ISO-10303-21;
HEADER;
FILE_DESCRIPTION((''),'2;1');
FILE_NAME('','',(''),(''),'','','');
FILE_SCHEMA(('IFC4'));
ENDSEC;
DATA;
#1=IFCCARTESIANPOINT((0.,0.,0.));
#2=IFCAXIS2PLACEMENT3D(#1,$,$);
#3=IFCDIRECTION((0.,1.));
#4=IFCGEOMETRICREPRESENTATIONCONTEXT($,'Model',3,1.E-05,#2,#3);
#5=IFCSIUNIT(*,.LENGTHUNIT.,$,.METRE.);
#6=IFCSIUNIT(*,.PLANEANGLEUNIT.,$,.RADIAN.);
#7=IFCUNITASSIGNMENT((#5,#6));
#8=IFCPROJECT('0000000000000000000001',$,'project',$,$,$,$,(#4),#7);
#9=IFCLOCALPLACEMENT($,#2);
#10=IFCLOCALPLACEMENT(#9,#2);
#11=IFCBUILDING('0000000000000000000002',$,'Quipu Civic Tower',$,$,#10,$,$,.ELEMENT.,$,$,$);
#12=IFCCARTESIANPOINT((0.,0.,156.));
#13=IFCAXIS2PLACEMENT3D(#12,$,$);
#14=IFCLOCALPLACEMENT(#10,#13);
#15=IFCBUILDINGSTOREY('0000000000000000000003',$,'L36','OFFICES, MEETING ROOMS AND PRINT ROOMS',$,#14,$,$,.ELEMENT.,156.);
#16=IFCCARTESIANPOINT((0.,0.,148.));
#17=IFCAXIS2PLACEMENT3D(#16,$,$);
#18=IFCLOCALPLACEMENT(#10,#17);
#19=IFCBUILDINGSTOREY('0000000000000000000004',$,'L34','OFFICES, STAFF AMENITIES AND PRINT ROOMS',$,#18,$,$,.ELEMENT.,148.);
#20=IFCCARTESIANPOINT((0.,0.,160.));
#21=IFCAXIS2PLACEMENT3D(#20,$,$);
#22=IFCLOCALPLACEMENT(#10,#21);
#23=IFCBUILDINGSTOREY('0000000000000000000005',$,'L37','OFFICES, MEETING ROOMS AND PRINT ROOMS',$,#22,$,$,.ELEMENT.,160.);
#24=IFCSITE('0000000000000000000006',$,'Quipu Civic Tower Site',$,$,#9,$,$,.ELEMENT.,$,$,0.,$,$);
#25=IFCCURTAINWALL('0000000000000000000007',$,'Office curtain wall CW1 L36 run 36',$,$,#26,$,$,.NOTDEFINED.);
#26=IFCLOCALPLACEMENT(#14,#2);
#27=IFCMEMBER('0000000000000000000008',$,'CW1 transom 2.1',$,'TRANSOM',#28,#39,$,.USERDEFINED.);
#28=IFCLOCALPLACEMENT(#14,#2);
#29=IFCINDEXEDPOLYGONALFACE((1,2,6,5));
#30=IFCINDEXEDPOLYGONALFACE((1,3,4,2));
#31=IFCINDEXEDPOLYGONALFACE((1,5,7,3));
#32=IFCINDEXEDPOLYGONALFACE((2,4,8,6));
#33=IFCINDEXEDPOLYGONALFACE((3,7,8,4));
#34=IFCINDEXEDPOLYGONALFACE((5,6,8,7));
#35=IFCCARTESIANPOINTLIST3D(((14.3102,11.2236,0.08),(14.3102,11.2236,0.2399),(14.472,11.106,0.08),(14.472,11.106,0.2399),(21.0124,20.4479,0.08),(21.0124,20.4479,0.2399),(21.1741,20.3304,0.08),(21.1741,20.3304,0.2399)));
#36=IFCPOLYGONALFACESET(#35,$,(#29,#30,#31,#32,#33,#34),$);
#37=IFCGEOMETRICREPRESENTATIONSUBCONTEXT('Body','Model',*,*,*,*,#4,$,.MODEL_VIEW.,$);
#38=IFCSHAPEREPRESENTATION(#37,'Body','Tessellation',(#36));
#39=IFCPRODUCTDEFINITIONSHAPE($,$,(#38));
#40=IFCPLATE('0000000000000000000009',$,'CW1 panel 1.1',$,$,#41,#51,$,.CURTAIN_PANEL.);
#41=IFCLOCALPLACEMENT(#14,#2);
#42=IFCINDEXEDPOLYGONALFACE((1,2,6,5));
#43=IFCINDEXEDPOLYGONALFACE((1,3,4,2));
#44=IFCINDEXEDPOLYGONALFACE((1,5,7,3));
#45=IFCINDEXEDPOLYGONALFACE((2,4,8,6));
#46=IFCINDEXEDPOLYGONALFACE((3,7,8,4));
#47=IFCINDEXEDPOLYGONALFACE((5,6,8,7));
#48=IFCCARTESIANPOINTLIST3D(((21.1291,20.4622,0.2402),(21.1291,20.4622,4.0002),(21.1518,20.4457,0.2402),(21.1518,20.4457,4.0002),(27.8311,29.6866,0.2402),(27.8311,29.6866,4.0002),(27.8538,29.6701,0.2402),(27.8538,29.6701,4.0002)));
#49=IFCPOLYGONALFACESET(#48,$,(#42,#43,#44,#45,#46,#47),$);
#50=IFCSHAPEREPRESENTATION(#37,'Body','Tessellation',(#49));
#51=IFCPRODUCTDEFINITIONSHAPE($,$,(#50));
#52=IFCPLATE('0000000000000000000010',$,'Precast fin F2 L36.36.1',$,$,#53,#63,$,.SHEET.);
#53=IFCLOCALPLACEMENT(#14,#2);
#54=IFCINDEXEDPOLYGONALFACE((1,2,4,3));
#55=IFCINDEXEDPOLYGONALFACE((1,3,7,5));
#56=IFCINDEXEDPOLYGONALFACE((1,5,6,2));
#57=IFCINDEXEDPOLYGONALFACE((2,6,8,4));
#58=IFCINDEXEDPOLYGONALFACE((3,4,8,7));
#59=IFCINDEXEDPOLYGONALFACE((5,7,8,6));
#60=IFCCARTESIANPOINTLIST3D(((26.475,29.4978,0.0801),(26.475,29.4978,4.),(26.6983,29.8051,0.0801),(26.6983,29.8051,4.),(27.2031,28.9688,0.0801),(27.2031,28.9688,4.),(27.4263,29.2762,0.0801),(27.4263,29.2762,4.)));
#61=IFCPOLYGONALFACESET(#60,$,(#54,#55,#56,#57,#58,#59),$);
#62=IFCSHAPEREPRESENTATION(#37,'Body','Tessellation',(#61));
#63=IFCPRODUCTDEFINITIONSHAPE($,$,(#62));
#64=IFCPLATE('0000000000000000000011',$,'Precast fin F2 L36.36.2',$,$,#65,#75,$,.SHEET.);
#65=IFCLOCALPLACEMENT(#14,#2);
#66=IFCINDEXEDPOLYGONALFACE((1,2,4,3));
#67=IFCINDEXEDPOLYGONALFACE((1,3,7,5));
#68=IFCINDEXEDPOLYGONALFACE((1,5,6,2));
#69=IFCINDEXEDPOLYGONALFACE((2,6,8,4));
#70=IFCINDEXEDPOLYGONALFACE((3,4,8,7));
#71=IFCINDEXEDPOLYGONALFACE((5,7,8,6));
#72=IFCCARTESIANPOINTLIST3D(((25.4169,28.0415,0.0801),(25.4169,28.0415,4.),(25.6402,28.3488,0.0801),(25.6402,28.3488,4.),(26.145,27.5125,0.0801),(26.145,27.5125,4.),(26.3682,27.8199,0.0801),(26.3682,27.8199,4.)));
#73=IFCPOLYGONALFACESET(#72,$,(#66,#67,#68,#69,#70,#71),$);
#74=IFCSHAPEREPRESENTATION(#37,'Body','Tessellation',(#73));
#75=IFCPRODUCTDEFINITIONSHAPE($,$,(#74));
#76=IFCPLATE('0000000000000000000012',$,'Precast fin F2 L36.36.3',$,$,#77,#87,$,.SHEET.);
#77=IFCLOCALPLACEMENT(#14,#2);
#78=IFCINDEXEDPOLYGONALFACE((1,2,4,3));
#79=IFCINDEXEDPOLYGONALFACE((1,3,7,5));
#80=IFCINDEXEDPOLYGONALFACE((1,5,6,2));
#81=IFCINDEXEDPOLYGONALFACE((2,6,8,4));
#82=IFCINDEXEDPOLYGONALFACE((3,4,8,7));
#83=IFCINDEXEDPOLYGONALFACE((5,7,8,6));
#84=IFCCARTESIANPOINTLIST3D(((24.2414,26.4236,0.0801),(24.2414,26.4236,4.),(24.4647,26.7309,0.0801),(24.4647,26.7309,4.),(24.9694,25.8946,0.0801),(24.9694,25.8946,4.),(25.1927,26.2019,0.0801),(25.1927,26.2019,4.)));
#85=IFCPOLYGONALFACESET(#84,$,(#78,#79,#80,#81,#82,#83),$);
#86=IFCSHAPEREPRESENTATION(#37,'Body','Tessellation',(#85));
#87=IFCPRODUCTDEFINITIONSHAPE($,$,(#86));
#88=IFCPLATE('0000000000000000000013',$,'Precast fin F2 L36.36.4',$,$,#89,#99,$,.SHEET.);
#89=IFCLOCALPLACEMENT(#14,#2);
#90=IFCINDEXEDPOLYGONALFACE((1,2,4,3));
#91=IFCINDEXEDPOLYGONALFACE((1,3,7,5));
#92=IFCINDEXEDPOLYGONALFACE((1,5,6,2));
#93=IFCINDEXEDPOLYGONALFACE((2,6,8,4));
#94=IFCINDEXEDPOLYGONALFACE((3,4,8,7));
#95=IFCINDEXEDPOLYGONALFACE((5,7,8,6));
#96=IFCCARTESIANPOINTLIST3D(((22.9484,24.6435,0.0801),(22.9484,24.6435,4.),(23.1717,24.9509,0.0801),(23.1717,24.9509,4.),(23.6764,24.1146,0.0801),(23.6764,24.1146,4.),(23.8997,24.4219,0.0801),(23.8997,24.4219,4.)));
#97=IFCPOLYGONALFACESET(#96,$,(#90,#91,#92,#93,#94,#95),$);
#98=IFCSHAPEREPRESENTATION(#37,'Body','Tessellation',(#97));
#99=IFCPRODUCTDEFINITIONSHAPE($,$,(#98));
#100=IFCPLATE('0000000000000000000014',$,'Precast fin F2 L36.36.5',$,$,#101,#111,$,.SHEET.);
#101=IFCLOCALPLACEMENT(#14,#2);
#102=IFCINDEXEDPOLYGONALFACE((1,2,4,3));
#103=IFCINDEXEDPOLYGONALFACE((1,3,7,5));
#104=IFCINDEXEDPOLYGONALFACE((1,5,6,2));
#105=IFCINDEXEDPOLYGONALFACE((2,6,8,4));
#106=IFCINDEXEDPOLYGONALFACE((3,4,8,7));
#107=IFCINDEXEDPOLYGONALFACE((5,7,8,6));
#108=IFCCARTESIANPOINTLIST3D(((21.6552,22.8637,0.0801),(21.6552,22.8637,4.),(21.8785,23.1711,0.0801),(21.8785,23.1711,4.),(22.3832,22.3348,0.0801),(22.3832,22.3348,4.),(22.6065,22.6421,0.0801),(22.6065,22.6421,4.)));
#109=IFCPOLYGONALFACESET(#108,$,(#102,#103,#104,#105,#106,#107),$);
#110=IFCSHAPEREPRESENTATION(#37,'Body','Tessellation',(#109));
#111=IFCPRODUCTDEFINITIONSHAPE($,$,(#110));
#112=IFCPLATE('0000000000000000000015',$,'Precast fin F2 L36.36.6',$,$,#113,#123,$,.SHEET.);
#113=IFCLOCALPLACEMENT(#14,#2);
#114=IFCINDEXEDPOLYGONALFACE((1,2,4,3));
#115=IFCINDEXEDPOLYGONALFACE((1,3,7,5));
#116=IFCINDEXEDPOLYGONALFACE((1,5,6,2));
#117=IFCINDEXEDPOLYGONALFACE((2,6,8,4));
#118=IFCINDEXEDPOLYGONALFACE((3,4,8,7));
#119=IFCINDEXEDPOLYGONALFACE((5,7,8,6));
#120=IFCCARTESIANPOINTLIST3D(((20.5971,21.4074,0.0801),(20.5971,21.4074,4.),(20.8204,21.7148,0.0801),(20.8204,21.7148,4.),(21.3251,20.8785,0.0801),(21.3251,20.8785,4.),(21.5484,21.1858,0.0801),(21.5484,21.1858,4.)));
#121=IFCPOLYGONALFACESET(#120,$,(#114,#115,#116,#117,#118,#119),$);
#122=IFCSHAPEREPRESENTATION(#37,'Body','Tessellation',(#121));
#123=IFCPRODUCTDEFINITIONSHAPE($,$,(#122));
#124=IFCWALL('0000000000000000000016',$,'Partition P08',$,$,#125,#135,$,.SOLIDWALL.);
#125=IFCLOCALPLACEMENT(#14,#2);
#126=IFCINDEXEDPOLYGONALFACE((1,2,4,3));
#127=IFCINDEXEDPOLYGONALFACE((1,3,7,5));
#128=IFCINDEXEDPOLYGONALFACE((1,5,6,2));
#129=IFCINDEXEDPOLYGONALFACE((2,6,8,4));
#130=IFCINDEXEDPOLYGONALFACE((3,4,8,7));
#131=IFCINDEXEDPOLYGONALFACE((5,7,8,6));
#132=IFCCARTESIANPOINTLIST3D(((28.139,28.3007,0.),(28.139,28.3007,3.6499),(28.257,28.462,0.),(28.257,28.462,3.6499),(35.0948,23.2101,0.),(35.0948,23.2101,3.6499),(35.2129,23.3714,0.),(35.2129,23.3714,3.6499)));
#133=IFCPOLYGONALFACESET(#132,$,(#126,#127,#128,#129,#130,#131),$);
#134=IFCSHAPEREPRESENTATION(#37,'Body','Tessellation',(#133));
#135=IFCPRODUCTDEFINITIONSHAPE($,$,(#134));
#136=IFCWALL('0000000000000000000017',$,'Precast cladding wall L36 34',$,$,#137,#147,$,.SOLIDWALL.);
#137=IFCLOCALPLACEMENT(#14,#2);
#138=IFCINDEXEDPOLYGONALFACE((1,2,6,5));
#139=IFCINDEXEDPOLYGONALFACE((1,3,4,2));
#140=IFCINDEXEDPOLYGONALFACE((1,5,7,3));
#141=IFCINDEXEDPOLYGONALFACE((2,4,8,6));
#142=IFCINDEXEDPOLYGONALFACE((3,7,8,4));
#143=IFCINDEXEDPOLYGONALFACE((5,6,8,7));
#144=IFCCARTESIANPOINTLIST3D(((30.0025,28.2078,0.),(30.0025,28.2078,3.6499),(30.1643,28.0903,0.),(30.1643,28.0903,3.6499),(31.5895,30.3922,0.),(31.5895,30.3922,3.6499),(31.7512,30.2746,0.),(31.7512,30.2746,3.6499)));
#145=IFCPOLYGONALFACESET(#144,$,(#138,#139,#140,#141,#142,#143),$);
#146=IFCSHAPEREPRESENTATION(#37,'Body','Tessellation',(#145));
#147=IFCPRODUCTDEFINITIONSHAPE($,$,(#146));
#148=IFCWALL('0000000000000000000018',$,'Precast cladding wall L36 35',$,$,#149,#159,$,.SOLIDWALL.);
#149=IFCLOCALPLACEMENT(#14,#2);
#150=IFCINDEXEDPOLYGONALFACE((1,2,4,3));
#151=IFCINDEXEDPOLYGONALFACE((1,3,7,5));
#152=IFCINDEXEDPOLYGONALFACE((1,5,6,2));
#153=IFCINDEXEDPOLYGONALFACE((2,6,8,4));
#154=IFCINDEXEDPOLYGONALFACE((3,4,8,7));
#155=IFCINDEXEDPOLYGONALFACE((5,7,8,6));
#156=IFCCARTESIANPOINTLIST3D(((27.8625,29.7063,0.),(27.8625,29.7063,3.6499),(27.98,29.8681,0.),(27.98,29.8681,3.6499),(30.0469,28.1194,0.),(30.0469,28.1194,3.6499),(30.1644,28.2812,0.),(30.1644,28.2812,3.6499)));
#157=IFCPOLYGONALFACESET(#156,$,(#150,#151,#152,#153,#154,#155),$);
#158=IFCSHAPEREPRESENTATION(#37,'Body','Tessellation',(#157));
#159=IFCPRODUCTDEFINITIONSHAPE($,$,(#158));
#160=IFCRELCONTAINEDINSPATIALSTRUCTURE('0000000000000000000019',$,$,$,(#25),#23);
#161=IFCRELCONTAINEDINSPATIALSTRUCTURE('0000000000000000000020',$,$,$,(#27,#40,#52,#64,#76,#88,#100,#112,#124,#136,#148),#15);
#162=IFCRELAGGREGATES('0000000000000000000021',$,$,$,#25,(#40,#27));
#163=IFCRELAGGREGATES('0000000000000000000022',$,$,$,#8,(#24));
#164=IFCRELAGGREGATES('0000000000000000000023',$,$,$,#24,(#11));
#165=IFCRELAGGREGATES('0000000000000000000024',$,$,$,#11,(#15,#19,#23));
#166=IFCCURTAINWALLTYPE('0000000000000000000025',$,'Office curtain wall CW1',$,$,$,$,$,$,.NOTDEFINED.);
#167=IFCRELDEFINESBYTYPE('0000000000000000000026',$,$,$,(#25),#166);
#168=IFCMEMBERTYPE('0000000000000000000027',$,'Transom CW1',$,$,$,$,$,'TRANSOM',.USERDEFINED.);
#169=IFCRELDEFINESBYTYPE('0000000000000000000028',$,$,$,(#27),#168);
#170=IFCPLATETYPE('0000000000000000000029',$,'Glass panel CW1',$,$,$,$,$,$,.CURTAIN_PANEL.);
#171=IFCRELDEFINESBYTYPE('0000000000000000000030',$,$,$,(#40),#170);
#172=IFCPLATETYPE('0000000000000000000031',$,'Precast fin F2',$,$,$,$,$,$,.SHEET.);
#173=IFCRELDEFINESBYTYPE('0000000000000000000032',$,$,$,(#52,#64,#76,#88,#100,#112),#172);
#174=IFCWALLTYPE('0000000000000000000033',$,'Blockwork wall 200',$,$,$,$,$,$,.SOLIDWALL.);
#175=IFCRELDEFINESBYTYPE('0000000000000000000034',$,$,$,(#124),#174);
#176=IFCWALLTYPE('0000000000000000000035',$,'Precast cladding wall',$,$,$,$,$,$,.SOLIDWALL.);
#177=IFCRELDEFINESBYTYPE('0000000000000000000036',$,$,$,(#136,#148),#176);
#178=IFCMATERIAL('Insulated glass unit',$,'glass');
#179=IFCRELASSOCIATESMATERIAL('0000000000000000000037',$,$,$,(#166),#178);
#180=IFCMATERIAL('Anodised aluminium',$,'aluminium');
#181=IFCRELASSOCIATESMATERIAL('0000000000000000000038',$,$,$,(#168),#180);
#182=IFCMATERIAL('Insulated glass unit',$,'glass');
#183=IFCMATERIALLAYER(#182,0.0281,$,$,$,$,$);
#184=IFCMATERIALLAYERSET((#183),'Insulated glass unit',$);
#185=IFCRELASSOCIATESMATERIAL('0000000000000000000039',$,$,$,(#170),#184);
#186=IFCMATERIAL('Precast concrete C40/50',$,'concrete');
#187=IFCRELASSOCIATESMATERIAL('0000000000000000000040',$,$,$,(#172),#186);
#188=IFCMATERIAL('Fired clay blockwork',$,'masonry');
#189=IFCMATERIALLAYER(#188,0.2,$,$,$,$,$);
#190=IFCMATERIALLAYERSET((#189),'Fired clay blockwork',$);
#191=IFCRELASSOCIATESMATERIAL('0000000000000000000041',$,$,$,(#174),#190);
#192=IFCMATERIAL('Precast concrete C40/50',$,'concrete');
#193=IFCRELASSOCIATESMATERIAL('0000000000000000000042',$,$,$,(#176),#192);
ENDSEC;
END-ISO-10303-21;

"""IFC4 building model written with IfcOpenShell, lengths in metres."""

from ifc_helpers import new_model, si_unit, direction, frame, frame_2d, origin, origin_2d, place, context, subcontext, project, spatial, rectangle, extrude, material, layer, layer_set, material_profile, profile_set, type_object, element, aggregate, save


model = new_model("IFC4")

# Units and contexts
model_context = context("Model", 3, precision=1e-05, world=origin(), true_north=direction((0.0, 1.0)))
body_context = subcontext(model_context, "Body", "Model", "MODEL_VIEW")
ifc_project = project(units=[si_unit("LENGTHUNIT", "METRE"), si_unit("PLANEANGLEUNIT", "RADIAN")], contexts=[model_context])

# Site, building, storey
site_placement = place(None, origin())
site = spatial("IfcSite", under=ifc_project, at=site_placement, Name="Quipu Civic Tower Site", CompositionType="ELEMENT", RefElevation=0.0)
building_placement = place(site_placement, origin())
building = spatial("IfcBuilding", under=site, at=building_placement, Name="Quipu Civic Tower", CompositionType="ELEMENT")
storey_1_placement = place(building_placement, frame((0.0, 0.0, 156.0)))
storey_1 = spatial("IfcBuildingStorey", under=building, at=storey_1_placement, Name="L36", Description="OFFICES, MEETING ROOMS AND PRINT ROOMS", CompositionType="ELEMENT", Elevation=156.0)

# Shared definitions
storey_2_placement = place(building_placement, frame((0.0, 0.0, 148.0)))
storey_2 = spatial("IfcBuildingStorey", under=building, at=storey_2_placement, Name="L34", Description="OFFICES, STAFF AMENITIES AND PRINT ROOMS", CompositionType="ELEMENT", Elevation=148.0)

# Shared definitions
ifc_material_1 = material(Name="Insulated glass unit", Category="glass")
curtain_wall_type = type_object("IfcCurtainWallType", Name="Office curtain wall CW1", PredefinedType="NOTDEFINED", material=ifc_material_1)
ifc_material_2 = material(Name="Anodised aluminium", Category="aluminium")
ifc_material_profile_1 = material_profile(ifc_material_2, rectangle(XDim=0.2, YDim=0.1599, at=origin_2d()), Name="RECT 200x160")
ifc_profile_set_1 = profile_set([ifc_material_profile_1], Name="Anodised aluminium")
member_type = type_object("IfcMemberType", Name="Transom CW1", ElementType="TRANSOM", PredefinedType="USERDEFINED", material=ifc_profile_set_1)

# Shared definitions
storey_3_placement = place(building_placement, frame((0.0, 0.0, 160.0)))
storey_3 = spatial("IfcBuildingStorey", under=building, at=storey_3_placement, Name="L37", Description="OFFICES, MEETING ROOMS AND PRINT ROOMS", CompositionType="ELEMENT", Elevation=160.0)

# Curtain wall, member, plate
curtain_wall_1_placement = place(storey_3_placement, origin())
curtain_wall_1 = element("IfcCurtainWall", 1, at=curtain_wall_1_placement, inside=storey_3, type_object=curtain_wall_type, Name="Office curtain wall CW1 L36 run 36", PredefinedType="NOTDEFINED")
member_1_placement = place(storey_1_placement, frame((21.0933, 20.3892, 0.1599), z_axis=(-0.5878, -0.809006, 0.0), x_axis=(0.809006, -0.5878, 0.0)))
member_1 = element("IfcMember", 2, at=member_1_placement, inside=storey_1, type_object=member_type, Name="CW1 transom 2.1", ObjectType="TRANSOM", PredefinedType="USERDEFINED", context=body_context, shape_type="SweptSolid", body=[
    extrude(rectangle(XDim=0.2, YDim=0.1599, at=origin_2d()), origin(), (0.0, 0.0, 1.0), 11.4021),
])
ifc_material_3 = material(Name="Insulated glass unit", Category="glass")
ifc_layer_1 = layer(ifc_material_3, 0.0281)
ifc_layer_set_1 = layer_set([ifc_layer_1], Name="Insulated glass unit")
plate_type_1 = type_object("IfcPlateType", Name="Glass panel CW1", PredefinedType="CURTAIN_PANEL", material=ifc_layer_set_1)
plate_placement = place(storey_1_placement, frame((24.4915, 25.0662, 0.2402), z_axis=(0.0, 0.0, 1.0), x_axis=(-0.587789, -0.809014, 0.0)))
plate = element("IfcPlate", 3, at=plate_placement, inside=storey_1, type_object=plate_type_1, Name="CW1 panel 1.1", PredefinedType="CURTAIN_PANEL", context=body_context, shape_type="SweptSolid", body=[
    extrude(rectangle(XDim=11.4021, YDim=0.0281, at=origin_2d()), origin(), (0.0, 0.0, 1.0), 3.76),
])
aggregate(curtain_wall_1, [plate, member_1])

# Plates
ifc_material_4 = material(Name="Precast concrete C40/50", Category="concrete")
plate_type_2 = type_object("IfcPlateType", Name="Precast fin F2", PredefinedType="SHEET", material=ifc_material_4)
for number, where, z_axis, x_axis, name in (
    (4, (26.9507, 29.387, 0.0801), (0.0, 0.0, 1.0), (-0.587787, -0.809016, 0.0), "Precast fin F2 L36.36.1"),
    (5, (25.8926, 27.9307, 0.0801), (0.0, 0.0, 1.0), (-0.587787, -0.809016, 0.0), "Precast fin F2 L36.36.2"),
    (6, (24.717, 26.3127, 0.0801), (0.0, 0.0, 1.0), (-0.587787, -0.809016, 0.0), "Precast fin F2 L36.36.3"),
    (7, (23.4241, 24.5327, 0.0801), (0.0, 0.0, 1.0), (-0.587787, -0.809016, 0.0), "Precast fin F2 L36.36.4"),
    (8, (22.1309, 22.7529, 0.0801), (0.0, 0.0, 1.0), (-0.587787, -0.809016, 0.0), "Precast fin F2 L36.36.5"),
    (9, (21.0728, 21.2966, 0.0801), (0.0, 0.0, 1.0), (-0.587787, -0.809016, 0.0), "Precast fin F2 L36.36.6"),
):
    element("IfcPlate", number, at=place(storey_1_placement, frame(where, z_axis=z_axis, x_axis=x_axis)), inside=storey_1, type_object=plate_type_2, Name=name, PredefinedType="SHEET", context=body_context, shape_type="SweptSolid", body=[
        extrude(rectangle(XDim=0.3799, YDim=0.8999, at=origin_2d()), origin(), (0.0, 0.0, 1.0), 3.9199),
    ])

# Walls
ifc_material_5 = material(Name="Fired clay blockwork", Category="masonry")
ifc_layer_2 = layer(ifc_material_5, 0.2)
ifc_layer_set_2 = layer_set([ifc_layer_2], Name="Fired clay blockwork")
wall_type_1 = type_object("IfcWallType", Name="Blockwork wall 200", PredefinedType="SOLIDWALL", material=ifc_layer_set_2)
wall_placement = place(storey_1_placement, frame((28.198, 28.3813, 0.0), z_axis=(0.0, 0.0, 1.0), x_axis=(0.806977, -0.590582, 0.0)))
element("IfcWall", 10, at=wall_placement, inside=storey_1, type_object=wall_type_1, Name="Partition P08", PredefinedType="SOLIDWALL", context=body_context, shape_type="SweptSolid", body=[
    extrude(rectangle(XDim=8.6196, YDim=0.2, at=frame_2d((4.3098, 0.0))), origin(), (0.0, 0.0, 1.0), 3.6499),
])
ifc_material_6 = material(Name="Precast concrete C40/50", Category="concrete")
wall_type_2 = type_object("IfcWallType", Name="Precast cladding wall", PredefinedType="SOLIDWALL", material=ifc_material_6)
for number, where, z_axis, x_axis, name in (
    (11, (31.6704, 30.3335, 0.0), (0.0, 0.0, 1.0), (-0.587763, -0.809033, 0.0), "Precast cladding wall L36 34"),
    (12, (30.1057, 28.2002, 0.0), (0.0, 0.0, 1.0), (-0.809033, 0.587763, 0.0), "Precast cladding wall L36 35"),
):
    element("IfcWall", number, at=place(storey_1_placement, frame(where, z_axis=z_axis, x_axis=x_axis)), inside=storey_1, type_object=wall_type_2, Name=name, PredefinedType="SOLIDWALL", context=body_context, shape_type="SweptSolid", body=[
        extrude(rectangle(XDim=2.7, YDim=0.2, at=frame_2d((1.3501, 0.0))), origin(), (0.0, 0.0, 1.0), 3.6499),
    ])

save(model, "model.ifc")
